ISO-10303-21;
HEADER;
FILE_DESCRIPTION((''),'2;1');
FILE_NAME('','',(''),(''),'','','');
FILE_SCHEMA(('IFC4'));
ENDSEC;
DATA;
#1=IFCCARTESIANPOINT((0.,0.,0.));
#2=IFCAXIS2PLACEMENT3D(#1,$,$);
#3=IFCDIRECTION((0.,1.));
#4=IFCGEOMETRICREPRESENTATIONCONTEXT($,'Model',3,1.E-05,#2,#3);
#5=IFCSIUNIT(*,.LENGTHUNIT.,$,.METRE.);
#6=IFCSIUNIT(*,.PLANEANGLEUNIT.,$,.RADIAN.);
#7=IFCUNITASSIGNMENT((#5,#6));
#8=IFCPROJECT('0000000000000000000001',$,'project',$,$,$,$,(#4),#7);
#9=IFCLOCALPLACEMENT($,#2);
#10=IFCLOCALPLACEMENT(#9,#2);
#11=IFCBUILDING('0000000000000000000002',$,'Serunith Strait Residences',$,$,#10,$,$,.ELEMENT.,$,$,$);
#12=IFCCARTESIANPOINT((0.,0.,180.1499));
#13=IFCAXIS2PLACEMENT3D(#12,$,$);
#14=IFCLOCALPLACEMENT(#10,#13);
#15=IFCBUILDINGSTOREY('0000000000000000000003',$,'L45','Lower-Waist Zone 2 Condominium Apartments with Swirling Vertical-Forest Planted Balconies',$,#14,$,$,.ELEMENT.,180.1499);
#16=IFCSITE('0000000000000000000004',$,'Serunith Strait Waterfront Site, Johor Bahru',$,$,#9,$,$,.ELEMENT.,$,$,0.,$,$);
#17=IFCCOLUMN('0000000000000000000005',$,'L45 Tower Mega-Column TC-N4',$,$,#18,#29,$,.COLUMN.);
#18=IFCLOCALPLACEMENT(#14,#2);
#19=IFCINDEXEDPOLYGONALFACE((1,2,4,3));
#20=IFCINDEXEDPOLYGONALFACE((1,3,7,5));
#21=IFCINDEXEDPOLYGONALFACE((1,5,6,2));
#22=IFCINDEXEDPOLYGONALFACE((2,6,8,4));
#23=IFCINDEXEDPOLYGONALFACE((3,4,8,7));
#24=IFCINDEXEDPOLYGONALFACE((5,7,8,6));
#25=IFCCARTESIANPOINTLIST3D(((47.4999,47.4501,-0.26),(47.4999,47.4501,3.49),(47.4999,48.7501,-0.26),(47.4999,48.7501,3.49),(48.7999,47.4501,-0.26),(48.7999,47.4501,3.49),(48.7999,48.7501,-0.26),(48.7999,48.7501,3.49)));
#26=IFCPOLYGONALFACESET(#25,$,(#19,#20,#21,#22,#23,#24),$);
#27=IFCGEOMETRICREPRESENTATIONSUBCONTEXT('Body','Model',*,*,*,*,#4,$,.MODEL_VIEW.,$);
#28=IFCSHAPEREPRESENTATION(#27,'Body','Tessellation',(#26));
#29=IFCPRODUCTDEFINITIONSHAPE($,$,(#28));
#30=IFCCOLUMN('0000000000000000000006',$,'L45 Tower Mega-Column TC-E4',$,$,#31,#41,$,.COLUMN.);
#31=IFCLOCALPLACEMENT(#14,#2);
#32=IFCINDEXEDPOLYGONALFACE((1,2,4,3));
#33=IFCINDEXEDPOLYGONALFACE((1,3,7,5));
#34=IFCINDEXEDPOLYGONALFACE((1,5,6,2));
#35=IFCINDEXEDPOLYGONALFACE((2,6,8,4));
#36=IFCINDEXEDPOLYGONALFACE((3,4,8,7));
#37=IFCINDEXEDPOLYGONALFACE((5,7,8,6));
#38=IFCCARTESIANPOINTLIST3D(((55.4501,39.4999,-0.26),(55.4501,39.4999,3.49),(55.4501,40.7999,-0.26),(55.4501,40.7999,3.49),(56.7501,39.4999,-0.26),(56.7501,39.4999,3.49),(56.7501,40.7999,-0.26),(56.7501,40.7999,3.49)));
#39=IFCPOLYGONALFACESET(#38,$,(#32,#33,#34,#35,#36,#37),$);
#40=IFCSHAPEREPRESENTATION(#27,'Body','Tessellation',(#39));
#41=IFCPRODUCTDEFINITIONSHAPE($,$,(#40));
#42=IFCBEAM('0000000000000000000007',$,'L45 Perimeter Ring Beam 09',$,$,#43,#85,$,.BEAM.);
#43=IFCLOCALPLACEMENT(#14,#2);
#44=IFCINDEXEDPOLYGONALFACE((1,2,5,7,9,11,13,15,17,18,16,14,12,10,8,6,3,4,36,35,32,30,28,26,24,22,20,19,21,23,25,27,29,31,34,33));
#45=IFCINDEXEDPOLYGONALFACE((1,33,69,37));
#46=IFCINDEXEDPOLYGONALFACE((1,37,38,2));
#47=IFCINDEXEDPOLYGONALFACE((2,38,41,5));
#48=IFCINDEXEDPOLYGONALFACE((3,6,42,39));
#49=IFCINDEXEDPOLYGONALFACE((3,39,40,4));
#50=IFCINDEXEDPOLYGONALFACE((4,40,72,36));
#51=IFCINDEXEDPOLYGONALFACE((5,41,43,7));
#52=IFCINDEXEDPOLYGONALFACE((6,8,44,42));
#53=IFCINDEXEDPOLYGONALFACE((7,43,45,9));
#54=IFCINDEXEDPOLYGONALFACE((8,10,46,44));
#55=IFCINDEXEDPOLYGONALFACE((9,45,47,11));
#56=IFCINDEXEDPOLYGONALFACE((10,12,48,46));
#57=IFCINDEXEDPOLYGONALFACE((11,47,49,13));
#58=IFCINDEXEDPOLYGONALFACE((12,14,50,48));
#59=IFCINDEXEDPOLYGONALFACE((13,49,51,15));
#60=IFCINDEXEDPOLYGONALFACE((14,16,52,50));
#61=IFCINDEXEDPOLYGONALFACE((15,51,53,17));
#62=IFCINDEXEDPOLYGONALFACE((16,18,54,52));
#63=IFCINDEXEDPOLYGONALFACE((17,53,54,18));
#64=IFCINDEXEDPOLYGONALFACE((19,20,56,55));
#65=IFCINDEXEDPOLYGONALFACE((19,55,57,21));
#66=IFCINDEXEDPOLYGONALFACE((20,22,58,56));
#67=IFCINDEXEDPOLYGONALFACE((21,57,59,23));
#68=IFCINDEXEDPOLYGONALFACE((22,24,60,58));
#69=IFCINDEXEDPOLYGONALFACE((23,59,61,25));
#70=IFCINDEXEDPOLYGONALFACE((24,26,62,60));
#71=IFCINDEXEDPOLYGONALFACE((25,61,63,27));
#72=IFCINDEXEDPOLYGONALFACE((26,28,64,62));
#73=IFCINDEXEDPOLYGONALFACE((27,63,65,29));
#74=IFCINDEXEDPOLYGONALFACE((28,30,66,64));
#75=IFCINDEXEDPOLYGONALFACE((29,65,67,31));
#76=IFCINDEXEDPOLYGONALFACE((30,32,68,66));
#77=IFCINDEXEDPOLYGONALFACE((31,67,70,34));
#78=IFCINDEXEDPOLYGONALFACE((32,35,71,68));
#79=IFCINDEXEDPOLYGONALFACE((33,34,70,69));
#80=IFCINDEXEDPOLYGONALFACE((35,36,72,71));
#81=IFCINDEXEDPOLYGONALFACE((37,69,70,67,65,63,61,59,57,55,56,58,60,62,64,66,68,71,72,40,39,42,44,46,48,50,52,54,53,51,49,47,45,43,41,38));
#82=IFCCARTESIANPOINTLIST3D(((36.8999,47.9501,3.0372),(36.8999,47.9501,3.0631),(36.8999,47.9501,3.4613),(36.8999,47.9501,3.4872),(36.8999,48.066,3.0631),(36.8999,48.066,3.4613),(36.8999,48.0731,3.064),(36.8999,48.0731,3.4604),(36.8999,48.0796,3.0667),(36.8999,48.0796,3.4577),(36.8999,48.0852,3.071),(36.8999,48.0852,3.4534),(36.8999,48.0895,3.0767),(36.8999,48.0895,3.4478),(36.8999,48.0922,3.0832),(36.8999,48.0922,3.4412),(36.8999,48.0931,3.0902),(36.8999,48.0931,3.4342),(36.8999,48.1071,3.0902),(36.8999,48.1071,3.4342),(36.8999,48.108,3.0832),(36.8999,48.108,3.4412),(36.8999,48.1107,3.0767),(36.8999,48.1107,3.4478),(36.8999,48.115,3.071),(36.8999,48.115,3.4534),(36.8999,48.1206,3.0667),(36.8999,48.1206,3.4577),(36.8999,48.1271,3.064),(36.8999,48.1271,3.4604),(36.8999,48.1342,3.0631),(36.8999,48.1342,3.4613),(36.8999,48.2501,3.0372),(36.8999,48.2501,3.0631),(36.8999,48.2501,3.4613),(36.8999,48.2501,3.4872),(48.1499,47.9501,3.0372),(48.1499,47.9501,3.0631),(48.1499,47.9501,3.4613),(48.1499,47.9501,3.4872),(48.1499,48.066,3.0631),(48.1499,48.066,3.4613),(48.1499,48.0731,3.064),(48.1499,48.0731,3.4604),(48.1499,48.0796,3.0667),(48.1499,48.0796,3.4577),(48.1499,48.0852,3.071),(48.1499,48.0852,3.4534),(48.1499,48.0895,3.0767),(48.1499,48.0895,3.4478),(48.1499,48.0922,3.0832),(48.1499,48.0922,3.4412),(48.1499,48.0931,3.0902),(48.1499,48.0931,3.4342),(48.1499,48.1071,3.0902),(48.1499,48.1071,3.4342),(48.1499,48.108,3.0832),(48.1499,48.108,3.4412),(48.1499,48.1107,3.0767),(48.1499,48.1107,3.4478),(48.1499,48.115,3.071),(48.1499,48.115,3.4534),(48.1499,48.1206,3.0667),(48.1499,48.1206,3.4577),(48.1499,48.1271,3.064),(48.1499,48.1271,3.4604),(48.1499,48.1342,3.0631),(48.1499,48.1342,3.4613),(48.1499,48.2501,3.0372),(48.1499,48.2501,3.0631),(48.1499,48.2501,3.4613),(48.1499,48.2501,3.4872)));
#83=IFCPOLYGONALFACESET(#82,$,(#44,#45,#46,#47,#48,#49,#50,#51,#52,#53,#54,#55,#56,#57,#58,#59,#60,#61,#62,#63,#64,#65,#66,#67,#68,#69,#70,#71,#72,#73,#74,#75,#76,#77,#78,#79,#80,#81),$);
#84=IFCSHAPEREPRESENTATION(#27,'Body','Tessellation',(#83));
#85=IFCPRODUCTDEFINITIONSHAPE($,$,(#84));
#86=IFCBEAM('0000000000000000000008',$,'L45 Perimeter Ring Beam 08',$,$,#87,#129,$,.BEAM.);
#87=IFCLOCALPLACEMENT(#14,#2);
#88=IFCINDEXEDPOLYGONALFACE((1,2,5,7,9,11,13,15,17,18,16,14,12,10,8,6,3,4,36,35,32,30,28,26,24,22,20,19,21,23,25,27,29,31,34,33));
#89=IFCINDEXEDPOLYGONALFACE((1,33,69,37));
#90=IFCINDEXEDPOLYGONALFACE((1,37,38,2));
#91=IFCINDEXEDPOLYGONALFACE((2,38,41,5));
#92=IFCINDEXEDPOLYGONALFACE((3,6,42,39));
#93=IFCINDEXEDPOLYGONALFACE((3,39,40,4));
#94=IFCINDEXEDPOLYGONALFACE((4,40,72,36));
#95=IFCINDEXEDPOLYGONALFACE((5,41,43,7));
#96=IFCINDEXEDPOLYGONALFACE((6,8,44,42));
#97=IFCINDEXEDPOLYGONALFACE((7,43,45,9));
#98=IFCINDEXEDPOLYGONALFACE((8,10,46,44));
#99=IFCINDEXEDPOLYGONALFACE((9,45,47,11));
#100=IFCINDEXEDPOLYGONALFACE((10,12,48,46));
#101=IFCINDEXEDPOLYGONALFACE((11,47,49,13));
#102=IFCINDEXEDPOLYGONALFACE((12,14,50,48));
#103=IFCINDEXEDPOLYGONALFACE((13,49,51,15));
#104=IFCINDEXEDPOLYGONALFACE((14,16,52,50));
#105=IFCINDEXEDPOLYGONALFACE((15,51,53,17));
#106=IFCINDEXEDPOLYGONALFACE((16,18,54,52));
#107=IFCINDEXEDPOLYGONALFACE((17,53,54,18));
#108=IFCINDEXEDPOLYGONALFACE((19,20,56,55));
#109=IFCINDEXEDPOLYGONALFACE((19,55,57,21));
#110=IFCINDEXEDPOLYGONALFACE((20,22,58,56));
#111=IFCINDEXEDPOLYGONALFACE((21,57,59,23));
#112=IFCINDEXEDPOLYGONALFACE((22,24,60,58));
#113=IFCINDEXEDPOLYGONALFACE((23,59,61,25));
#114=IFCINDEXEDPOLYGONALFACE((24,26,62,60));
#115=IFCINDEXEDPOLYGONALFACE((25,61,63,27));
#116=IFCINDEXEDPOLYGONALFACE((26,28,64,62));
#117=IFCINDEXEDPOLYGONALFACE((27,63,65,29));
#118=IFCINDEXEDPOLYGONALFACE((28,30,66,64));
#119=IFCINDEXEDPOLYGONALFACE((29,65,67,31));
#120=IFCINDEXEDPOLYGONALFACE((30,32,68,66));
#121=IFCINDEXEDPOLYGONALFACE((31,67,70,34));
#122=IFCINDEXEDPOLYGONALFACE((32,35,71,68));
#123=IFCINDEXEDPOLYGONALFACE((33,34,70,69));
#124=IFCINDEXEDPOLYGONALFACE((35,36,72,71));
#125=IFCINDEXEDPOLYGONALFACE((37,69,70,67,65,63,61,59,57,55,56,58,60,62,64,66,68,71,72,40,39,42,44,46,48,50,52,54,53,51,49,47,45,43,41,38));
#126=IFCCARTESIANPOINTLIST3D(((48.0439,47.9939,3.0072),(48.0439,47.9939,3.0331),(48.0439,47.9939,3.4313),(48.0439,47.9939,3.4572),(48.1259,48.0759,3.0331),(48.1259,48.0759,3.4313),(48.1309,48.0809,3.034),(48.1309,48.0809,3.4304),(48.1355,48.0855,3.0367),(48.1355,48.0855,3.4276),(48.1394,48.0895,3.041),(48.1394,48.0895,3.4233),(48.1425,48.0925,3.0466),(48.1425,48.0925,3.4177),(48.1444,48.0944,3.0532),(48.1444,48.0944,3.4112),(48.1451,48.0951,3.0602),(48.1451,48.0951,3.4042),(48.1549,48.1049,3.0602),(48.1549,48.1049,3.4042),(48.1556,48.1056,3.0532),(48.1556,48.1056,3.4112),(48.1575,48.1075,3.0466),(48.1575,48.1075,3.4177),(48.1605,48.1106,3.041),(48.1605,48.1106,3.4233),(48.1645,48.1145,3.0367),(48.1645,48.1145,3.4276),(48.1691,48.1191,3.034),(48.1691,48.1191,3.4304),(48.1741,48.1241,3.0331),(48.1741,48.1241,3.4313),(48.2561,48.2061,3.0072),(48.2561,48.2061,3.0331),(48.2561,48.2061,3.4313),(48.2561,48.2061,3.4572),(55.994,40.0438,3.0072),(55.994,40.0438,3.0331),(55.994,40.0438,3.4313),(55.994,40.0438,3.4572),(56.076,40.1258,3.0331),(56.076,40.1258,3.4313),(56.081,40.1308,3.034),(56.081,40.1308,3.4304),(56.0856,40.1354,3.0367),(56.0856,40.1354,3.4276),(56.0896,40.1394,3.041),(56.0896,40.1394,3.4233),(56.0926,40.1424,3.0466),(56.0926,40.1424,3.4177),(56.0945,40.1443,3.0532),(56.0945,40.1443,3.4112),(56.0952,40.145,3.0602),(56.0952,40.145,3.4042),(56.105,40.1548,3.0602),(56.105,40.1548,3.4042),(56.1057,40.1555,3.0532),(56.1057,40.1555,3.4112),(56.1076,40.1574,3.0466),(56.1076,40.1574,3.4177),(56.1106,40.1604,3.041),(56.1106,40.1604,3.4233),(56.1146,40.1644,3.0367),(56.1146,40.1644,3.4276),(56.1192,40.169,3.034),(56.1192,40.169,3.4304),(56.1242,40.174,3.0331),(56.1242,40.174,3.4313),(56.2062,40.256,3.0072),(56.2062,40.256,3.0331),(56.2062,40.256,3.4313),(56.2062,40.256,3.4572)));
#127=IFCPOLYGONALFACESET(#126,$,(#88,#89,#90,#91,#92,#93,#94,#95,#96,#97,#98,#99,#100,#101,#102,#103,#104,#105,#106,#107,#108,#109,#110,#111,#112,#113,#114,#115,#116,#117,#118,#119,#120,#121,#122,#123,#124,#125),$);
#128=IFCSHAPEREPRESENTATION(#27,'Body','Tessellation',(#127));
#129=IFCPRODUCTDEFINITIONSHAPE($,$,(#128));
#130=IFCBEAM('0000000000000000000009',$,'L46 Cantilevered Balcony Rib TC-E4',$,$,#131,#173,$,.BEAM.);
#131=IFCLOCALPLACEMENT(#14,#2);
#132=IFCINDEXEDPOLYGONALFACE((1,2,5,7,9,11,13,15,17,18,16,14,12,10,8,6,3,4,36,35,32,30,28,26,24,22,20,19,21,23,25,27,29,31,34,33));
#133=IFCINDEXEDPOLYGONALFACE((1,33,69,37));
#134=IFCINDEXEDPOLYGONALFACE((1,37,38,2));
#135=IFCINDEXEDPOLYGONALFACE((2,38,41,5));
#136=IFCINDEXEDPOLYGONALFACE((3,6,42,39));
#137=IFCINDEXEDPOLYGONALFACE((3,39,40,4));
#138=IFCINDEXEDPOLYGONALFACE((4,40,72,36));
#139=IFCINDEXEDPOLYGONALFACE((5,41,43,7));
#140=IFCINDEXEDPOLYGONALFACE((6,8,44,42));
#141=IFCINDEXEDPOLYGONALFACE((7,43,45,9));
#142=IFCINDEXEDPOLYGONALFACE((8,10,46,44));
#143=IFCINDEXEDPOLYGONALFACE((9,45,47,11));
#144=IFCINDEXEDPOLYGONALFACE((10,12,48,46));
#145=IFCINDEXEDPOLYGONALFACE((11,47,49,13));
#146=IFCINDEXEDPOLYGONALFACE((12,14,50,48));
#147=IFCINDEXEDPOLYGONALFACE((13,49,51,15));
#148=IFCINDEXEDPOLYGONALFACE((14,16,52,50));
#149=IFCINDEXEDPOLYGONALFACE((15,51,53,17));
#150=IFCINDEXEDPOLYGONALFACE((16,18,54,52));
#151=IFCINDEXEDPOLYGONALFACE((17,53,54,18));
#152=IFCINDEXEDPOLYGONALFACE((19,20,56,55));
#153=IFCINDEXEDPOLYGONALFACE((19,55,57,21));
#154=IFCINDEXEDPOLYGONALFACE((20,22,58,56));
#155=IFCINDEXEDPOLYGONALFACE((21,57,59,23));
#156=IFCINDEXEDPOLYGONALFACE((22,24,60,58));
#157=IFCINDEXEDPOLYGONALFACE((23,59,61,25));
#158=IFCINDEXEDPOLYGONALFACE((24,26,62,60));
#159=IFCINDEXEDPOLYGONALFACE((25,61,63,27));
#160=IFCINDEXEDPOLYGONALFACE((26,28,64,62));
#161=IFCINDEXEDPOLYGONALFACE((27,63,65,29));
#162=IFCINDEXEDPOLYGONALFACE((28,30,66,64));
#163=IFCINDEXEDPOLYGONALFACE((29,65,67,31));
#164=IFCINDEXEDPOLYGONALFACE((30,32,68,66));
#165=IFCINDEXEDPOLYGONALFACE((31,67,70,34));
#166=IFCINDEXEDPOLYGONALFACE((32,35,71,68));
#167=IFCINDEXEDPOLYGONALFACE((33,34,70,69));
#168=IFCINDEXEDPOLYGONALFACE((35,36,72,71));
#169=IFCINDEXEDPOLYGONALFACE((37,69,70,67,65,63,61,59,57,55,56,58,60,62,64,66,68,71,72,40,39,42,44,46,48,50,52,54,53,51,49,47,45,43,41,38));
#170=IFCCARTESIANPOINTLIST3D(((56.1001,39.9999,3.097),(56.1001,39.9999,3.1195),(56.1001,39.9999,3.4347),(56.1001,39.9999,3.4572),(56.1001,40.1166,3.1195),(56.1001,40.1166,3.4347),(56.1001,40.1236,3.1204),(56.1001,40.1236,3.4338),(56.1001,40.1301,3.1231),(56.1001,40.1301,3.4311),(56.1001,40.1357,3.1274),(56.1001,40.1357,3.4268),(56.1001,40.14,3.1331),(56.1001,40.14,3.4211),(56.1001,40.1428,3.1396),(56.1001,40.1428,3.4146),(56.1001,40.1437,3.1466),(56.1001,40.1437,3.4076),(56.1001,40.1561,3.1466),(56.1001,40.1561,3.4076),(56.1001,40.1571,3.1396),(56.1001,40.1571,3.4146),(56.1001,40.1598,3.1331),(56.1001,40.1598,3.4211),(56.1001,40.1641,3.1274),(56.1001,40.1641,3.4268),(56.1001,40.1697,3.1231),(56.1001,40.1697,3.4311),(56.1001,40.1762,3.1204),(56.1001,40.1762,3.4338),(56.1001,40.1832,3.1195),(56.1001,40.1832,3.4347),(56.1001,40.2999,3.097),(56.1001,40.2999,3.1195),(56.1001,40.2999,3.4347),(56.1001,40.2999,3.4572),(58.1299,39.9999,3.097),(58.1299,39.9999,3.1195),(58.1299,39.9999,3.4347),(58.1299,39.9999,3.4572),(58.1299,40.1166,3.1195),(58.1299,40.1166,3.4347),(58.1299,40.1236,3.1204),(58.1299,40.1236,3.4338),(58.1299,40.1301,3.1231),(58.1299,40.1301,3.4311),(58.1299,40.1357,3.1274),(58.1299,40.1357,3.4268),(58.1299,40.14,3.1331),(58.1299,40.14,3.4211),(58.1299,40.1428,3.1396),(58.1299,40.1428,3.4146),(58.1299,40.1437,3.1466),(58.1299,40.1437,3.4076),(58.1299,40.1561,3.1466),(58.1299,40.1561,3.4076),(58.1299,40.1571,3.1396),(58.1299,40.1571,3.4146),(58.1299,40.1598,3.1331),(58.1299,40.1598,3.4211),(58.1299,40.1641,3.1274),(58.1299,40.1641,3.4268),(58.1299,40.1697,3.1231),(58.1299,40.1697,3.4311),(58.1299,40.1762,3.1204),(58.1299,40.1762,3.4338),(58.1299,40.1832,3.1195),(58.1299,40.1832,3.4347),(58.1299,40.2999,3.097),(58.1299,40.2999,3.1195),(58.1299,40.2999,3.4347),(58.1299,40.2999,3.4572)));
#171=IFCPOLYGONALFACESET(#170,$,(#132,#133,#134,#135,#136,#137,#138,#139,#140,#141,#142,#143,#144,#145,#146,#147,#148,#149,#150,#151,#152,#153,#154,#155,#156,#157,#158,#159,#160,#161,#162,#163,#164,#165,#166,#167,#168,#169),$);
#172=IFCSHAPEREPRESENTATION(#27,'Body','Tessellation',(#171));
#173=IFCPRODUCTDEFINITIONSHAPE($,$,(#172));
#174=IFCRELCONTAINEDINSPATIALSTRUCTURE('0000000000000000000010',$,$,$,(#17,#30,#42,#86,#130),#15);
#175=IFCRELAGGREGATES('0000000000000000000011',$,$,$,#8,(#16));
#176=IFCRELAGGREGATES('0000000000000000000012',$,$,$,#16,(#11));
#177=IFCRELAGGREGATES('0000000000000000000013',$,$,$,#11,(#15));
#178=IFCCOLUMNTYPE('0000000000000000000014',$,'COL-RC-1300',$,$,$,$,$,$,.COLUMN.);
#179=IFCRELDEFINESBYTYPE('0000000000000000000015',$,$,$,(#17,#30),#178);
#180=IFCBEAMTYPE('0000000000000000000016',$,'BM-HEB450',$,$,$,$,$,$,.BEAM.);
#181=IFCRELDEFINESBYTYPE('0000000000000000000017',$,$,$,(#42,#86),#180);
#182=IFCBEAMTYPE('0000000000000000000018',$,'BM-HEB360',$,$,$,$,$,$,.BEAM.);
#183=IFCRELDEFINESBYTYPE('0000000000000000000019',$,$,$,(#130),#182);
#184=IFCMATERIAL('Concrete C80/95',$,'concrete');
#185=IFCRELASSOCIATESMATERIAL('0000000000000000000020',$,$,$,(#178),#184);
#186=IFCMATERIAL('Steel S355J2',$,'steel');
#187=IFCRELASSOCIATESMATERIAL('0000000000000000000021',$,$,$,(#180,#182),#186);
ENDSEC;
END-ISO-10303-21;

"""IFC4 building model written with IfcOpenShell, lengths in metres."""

from ifc_helpers import new_model, si_unit, direction, frame, origin, origin_2d, place, context, subcontext, project, spatial, rectangle, i_section, extrude, source, transform, mapped, material, material_profile, profile_set, type_object, element, save


model = new_model("IFC4")

# Units and contexts
model_context = context("Model", 3, precision=1e-05, world=origin(), true_north=direction((0.0, 1.0)))
body_context = subcontext(model_context, "Body", "Model", "MODEL_VIEW")
ifc_project = project(units=[si_unit("LENGTHUNIT", "METRE"), si_unit("PLANEANGLEUNIT", "RADIAN")], contexts=[model_context])

# Site, building, storey
site_placement = place(None, origin())
site = spatial("IfcSite", under=ifc_project, at=site_placement, Name="Serunith Strait Waterfront Site, Johor Bahru", CompositionType="ELEMENT", RefElevation=0.0)
building_placement = place(site_placement, origin())
building = spatial("IfcBuilding", under=site, at=building_placement, Name="Serunith Strait Residences", CompositionType="ELEMENT")
storey_placement = place(building_placement, frame((0.0, 0.0, 180.1499)))
storey = spatial("IfcBuildingStorey", under=building, at=storey_placement, Name="L45", Description="Lower-Waist Zone 2 Condominium Apartments with Swirling Vertical-Forest Planted Balconies", CompositionType="ELEMENT", Elevation=180.1499)

# Columns
ifc_material_1 = material(Name="Concrete C80/95", Category="concrete")
ifc_material_profile_1 = material_profile(ifc_material_1, rectangle(XDim=1.3, YDim=1.3, at=origin_2d()), Name="RC 1300x1300")
ifc_profile_set_1 = profile_set([ifc_material_profile_1], Name="Concrete C80/95")
column_type = type_object("IfcColumnType", Name="COL-RC-1300", PredefinedType="COLUMN", material=ifc_profile_set_1)
shared_shape_1 = source(origin(), body_context, "Body", "SweptSolid", [
    extrude(rectangle(XDim=1.3, YDim=1.3, at=origin_2d()), origin(), (0.0, 0.0, 1.0), 3.75),
])
for number, where, z_axis, x_axis, name in (
    (1, (48.1499, 48.1001, -0.26), (0.0, 0.0, 1.0), (1.0, 0.0, 0.0), "L45 Tower Mega-Column TC-N4"),
    (2, (56.1001, 40.1499, -0.26), (0.0, 0.0, 1.0), (1.0, 0.0, 0.0), "L45 Tower Mega-Column TC-E4"),
):
    element("IfcColumn", number, at=place(storey_placement, frame(where, z_axis=z_axis, x_axis=x_axis)), inside=storey, type_object=column_type, Name=name, PredefinedType="COLUMN", context=body_context, shape_type="MappedRepresentation", body=[
        mapped(shared_shape_1, transform((0.0, 0.0, 0.0), scale=1.0)),
    ])

# Beams
ifc_material_2 = material(Name="Steel S355J2", Category="steel")
ifc_material_profile_2 = material_profile(ifc_material_2, i_section(OverallWidth=0.3, OverallDepth=0.45, WebThickness=0.0139, FlangeThickness=0.0259, FilletRadius=0.0271, at=origin_2d()), Name="HEB 450")
ifc_profile_set_2 = profile_set([ifc_material_profile_2], Name="Steel S355J2")
beam_type_1 = type_object("IfcBeamType", Name="BM-HEB450", PredefinedType="BEAM", material=ifc_profile_set_2)
shared_shape_2 = source(origin(), body_context, "Body", "SweptSolid", [
    extrude(i_section(OverallWidth=0.3, OverallDepth=0.45, WebThickness=0.0139, FlangeThickness=0.0259, FilletRadius=0.0271, at=origin_2d()), origin(), (0.0, 0.0, 1.0), 11.25),
])
beam_1_placement = place(storey_placement, frame((48.1499, 48.1001, 3.2622), z_axis=(-1.0, 0.0, 0.0), x_axis=(0.0, -1.0, 0.0)))
element("IfcBeam", 3, at=beam_1_placement, inside=storey, type_object=beam_type_1, Name="L45 Perimeter Ring Beam 09", PredefinedType="BEAM", context=body_context, shape_type="MappedRepresentation", body=[
    mapped(shared_shape_2, transform((0.0, 0.0, 0.0), scale=1.0)),
])
shared_shape_3 = source(origin(), body_context, "Body", "SweptSolid", [
    extrude(i_section(OverallWidth=0.3, OverallDepth=0.45, WebThickness=0.0139, FlangeThickness=0.0259, FilletRadius=0.0271, at=origin_2d()), origin(), (0.0, 0.0, 1.0), 11.2432),
])
beam_2_placement = place(storey_placement, frame((56.1001, 40.1499, 3.2322), z_axis=(-0.707107, 0.707107, 0.0), x_axis=(-0.707107, -0.707107, 0.0)))
element("IfcBeam", 4, at=beam_2_placement, inside=storey, type_object=beam_type_1, Name="L45 Perimeter Ring Beam 08", PredefinedType="BEAM", context=body_context, shape_type="MappedRepresentation", body=[
    mapped(shared_shape_3, transform((0.0, 0.0, 0.0), scale=1.0)),
])
ifc_material_profile_3 = material_profile(ifc_material_2, i_section(OverallWidth=0.3, OverallDepth=0.3601, WebThickness=0.0125, FlangeThickness=0.0225, FilletRadius=0.0271, at=origin_2d()), Name="HEB 360")
ifc_profile_set_3 = profile_set([ifc_material_profile_3], Name="Steel S355J2")
beam_type_2 = type_object("IfcBeamType", Name="BM-HEB360", PredefinedType="BEAM", material=ifc_profile_set_3)
shared_shape_4 = source(origin(), body_context, "Body", "SweptSolid", [
    extrude(i_section(OverallWidth=0.3, OverallDepth=0.3601, WebThickness=0.0125, FlangeThickness=0.0225, FilletRadius=0.0271, at=origin_2d()), origin(), (0.0, 0.0, 1.0), 2.0298),
])
beam_3_placement = place(storey_placement, frame((56.1001, 40.1499, 3.2771), z_axis=(1.0, 0.0, 0.0), x_axis=(0.0, 1.0, 0.0)))
element("IfcBeam", 5, at=beam_3_placement, inside=storey, type_object=beam_type_2, Name="L46 Cantilevered Balcony Rib TC-E4", PredefinedType="BEAM", context=body_context, shape_type="MappedRepresentation", body=[
    mapped(shared_shape_4, transform((0.0, 0.0, 0.0), scale=1.0)),
])

save(model, "model.ifc")
